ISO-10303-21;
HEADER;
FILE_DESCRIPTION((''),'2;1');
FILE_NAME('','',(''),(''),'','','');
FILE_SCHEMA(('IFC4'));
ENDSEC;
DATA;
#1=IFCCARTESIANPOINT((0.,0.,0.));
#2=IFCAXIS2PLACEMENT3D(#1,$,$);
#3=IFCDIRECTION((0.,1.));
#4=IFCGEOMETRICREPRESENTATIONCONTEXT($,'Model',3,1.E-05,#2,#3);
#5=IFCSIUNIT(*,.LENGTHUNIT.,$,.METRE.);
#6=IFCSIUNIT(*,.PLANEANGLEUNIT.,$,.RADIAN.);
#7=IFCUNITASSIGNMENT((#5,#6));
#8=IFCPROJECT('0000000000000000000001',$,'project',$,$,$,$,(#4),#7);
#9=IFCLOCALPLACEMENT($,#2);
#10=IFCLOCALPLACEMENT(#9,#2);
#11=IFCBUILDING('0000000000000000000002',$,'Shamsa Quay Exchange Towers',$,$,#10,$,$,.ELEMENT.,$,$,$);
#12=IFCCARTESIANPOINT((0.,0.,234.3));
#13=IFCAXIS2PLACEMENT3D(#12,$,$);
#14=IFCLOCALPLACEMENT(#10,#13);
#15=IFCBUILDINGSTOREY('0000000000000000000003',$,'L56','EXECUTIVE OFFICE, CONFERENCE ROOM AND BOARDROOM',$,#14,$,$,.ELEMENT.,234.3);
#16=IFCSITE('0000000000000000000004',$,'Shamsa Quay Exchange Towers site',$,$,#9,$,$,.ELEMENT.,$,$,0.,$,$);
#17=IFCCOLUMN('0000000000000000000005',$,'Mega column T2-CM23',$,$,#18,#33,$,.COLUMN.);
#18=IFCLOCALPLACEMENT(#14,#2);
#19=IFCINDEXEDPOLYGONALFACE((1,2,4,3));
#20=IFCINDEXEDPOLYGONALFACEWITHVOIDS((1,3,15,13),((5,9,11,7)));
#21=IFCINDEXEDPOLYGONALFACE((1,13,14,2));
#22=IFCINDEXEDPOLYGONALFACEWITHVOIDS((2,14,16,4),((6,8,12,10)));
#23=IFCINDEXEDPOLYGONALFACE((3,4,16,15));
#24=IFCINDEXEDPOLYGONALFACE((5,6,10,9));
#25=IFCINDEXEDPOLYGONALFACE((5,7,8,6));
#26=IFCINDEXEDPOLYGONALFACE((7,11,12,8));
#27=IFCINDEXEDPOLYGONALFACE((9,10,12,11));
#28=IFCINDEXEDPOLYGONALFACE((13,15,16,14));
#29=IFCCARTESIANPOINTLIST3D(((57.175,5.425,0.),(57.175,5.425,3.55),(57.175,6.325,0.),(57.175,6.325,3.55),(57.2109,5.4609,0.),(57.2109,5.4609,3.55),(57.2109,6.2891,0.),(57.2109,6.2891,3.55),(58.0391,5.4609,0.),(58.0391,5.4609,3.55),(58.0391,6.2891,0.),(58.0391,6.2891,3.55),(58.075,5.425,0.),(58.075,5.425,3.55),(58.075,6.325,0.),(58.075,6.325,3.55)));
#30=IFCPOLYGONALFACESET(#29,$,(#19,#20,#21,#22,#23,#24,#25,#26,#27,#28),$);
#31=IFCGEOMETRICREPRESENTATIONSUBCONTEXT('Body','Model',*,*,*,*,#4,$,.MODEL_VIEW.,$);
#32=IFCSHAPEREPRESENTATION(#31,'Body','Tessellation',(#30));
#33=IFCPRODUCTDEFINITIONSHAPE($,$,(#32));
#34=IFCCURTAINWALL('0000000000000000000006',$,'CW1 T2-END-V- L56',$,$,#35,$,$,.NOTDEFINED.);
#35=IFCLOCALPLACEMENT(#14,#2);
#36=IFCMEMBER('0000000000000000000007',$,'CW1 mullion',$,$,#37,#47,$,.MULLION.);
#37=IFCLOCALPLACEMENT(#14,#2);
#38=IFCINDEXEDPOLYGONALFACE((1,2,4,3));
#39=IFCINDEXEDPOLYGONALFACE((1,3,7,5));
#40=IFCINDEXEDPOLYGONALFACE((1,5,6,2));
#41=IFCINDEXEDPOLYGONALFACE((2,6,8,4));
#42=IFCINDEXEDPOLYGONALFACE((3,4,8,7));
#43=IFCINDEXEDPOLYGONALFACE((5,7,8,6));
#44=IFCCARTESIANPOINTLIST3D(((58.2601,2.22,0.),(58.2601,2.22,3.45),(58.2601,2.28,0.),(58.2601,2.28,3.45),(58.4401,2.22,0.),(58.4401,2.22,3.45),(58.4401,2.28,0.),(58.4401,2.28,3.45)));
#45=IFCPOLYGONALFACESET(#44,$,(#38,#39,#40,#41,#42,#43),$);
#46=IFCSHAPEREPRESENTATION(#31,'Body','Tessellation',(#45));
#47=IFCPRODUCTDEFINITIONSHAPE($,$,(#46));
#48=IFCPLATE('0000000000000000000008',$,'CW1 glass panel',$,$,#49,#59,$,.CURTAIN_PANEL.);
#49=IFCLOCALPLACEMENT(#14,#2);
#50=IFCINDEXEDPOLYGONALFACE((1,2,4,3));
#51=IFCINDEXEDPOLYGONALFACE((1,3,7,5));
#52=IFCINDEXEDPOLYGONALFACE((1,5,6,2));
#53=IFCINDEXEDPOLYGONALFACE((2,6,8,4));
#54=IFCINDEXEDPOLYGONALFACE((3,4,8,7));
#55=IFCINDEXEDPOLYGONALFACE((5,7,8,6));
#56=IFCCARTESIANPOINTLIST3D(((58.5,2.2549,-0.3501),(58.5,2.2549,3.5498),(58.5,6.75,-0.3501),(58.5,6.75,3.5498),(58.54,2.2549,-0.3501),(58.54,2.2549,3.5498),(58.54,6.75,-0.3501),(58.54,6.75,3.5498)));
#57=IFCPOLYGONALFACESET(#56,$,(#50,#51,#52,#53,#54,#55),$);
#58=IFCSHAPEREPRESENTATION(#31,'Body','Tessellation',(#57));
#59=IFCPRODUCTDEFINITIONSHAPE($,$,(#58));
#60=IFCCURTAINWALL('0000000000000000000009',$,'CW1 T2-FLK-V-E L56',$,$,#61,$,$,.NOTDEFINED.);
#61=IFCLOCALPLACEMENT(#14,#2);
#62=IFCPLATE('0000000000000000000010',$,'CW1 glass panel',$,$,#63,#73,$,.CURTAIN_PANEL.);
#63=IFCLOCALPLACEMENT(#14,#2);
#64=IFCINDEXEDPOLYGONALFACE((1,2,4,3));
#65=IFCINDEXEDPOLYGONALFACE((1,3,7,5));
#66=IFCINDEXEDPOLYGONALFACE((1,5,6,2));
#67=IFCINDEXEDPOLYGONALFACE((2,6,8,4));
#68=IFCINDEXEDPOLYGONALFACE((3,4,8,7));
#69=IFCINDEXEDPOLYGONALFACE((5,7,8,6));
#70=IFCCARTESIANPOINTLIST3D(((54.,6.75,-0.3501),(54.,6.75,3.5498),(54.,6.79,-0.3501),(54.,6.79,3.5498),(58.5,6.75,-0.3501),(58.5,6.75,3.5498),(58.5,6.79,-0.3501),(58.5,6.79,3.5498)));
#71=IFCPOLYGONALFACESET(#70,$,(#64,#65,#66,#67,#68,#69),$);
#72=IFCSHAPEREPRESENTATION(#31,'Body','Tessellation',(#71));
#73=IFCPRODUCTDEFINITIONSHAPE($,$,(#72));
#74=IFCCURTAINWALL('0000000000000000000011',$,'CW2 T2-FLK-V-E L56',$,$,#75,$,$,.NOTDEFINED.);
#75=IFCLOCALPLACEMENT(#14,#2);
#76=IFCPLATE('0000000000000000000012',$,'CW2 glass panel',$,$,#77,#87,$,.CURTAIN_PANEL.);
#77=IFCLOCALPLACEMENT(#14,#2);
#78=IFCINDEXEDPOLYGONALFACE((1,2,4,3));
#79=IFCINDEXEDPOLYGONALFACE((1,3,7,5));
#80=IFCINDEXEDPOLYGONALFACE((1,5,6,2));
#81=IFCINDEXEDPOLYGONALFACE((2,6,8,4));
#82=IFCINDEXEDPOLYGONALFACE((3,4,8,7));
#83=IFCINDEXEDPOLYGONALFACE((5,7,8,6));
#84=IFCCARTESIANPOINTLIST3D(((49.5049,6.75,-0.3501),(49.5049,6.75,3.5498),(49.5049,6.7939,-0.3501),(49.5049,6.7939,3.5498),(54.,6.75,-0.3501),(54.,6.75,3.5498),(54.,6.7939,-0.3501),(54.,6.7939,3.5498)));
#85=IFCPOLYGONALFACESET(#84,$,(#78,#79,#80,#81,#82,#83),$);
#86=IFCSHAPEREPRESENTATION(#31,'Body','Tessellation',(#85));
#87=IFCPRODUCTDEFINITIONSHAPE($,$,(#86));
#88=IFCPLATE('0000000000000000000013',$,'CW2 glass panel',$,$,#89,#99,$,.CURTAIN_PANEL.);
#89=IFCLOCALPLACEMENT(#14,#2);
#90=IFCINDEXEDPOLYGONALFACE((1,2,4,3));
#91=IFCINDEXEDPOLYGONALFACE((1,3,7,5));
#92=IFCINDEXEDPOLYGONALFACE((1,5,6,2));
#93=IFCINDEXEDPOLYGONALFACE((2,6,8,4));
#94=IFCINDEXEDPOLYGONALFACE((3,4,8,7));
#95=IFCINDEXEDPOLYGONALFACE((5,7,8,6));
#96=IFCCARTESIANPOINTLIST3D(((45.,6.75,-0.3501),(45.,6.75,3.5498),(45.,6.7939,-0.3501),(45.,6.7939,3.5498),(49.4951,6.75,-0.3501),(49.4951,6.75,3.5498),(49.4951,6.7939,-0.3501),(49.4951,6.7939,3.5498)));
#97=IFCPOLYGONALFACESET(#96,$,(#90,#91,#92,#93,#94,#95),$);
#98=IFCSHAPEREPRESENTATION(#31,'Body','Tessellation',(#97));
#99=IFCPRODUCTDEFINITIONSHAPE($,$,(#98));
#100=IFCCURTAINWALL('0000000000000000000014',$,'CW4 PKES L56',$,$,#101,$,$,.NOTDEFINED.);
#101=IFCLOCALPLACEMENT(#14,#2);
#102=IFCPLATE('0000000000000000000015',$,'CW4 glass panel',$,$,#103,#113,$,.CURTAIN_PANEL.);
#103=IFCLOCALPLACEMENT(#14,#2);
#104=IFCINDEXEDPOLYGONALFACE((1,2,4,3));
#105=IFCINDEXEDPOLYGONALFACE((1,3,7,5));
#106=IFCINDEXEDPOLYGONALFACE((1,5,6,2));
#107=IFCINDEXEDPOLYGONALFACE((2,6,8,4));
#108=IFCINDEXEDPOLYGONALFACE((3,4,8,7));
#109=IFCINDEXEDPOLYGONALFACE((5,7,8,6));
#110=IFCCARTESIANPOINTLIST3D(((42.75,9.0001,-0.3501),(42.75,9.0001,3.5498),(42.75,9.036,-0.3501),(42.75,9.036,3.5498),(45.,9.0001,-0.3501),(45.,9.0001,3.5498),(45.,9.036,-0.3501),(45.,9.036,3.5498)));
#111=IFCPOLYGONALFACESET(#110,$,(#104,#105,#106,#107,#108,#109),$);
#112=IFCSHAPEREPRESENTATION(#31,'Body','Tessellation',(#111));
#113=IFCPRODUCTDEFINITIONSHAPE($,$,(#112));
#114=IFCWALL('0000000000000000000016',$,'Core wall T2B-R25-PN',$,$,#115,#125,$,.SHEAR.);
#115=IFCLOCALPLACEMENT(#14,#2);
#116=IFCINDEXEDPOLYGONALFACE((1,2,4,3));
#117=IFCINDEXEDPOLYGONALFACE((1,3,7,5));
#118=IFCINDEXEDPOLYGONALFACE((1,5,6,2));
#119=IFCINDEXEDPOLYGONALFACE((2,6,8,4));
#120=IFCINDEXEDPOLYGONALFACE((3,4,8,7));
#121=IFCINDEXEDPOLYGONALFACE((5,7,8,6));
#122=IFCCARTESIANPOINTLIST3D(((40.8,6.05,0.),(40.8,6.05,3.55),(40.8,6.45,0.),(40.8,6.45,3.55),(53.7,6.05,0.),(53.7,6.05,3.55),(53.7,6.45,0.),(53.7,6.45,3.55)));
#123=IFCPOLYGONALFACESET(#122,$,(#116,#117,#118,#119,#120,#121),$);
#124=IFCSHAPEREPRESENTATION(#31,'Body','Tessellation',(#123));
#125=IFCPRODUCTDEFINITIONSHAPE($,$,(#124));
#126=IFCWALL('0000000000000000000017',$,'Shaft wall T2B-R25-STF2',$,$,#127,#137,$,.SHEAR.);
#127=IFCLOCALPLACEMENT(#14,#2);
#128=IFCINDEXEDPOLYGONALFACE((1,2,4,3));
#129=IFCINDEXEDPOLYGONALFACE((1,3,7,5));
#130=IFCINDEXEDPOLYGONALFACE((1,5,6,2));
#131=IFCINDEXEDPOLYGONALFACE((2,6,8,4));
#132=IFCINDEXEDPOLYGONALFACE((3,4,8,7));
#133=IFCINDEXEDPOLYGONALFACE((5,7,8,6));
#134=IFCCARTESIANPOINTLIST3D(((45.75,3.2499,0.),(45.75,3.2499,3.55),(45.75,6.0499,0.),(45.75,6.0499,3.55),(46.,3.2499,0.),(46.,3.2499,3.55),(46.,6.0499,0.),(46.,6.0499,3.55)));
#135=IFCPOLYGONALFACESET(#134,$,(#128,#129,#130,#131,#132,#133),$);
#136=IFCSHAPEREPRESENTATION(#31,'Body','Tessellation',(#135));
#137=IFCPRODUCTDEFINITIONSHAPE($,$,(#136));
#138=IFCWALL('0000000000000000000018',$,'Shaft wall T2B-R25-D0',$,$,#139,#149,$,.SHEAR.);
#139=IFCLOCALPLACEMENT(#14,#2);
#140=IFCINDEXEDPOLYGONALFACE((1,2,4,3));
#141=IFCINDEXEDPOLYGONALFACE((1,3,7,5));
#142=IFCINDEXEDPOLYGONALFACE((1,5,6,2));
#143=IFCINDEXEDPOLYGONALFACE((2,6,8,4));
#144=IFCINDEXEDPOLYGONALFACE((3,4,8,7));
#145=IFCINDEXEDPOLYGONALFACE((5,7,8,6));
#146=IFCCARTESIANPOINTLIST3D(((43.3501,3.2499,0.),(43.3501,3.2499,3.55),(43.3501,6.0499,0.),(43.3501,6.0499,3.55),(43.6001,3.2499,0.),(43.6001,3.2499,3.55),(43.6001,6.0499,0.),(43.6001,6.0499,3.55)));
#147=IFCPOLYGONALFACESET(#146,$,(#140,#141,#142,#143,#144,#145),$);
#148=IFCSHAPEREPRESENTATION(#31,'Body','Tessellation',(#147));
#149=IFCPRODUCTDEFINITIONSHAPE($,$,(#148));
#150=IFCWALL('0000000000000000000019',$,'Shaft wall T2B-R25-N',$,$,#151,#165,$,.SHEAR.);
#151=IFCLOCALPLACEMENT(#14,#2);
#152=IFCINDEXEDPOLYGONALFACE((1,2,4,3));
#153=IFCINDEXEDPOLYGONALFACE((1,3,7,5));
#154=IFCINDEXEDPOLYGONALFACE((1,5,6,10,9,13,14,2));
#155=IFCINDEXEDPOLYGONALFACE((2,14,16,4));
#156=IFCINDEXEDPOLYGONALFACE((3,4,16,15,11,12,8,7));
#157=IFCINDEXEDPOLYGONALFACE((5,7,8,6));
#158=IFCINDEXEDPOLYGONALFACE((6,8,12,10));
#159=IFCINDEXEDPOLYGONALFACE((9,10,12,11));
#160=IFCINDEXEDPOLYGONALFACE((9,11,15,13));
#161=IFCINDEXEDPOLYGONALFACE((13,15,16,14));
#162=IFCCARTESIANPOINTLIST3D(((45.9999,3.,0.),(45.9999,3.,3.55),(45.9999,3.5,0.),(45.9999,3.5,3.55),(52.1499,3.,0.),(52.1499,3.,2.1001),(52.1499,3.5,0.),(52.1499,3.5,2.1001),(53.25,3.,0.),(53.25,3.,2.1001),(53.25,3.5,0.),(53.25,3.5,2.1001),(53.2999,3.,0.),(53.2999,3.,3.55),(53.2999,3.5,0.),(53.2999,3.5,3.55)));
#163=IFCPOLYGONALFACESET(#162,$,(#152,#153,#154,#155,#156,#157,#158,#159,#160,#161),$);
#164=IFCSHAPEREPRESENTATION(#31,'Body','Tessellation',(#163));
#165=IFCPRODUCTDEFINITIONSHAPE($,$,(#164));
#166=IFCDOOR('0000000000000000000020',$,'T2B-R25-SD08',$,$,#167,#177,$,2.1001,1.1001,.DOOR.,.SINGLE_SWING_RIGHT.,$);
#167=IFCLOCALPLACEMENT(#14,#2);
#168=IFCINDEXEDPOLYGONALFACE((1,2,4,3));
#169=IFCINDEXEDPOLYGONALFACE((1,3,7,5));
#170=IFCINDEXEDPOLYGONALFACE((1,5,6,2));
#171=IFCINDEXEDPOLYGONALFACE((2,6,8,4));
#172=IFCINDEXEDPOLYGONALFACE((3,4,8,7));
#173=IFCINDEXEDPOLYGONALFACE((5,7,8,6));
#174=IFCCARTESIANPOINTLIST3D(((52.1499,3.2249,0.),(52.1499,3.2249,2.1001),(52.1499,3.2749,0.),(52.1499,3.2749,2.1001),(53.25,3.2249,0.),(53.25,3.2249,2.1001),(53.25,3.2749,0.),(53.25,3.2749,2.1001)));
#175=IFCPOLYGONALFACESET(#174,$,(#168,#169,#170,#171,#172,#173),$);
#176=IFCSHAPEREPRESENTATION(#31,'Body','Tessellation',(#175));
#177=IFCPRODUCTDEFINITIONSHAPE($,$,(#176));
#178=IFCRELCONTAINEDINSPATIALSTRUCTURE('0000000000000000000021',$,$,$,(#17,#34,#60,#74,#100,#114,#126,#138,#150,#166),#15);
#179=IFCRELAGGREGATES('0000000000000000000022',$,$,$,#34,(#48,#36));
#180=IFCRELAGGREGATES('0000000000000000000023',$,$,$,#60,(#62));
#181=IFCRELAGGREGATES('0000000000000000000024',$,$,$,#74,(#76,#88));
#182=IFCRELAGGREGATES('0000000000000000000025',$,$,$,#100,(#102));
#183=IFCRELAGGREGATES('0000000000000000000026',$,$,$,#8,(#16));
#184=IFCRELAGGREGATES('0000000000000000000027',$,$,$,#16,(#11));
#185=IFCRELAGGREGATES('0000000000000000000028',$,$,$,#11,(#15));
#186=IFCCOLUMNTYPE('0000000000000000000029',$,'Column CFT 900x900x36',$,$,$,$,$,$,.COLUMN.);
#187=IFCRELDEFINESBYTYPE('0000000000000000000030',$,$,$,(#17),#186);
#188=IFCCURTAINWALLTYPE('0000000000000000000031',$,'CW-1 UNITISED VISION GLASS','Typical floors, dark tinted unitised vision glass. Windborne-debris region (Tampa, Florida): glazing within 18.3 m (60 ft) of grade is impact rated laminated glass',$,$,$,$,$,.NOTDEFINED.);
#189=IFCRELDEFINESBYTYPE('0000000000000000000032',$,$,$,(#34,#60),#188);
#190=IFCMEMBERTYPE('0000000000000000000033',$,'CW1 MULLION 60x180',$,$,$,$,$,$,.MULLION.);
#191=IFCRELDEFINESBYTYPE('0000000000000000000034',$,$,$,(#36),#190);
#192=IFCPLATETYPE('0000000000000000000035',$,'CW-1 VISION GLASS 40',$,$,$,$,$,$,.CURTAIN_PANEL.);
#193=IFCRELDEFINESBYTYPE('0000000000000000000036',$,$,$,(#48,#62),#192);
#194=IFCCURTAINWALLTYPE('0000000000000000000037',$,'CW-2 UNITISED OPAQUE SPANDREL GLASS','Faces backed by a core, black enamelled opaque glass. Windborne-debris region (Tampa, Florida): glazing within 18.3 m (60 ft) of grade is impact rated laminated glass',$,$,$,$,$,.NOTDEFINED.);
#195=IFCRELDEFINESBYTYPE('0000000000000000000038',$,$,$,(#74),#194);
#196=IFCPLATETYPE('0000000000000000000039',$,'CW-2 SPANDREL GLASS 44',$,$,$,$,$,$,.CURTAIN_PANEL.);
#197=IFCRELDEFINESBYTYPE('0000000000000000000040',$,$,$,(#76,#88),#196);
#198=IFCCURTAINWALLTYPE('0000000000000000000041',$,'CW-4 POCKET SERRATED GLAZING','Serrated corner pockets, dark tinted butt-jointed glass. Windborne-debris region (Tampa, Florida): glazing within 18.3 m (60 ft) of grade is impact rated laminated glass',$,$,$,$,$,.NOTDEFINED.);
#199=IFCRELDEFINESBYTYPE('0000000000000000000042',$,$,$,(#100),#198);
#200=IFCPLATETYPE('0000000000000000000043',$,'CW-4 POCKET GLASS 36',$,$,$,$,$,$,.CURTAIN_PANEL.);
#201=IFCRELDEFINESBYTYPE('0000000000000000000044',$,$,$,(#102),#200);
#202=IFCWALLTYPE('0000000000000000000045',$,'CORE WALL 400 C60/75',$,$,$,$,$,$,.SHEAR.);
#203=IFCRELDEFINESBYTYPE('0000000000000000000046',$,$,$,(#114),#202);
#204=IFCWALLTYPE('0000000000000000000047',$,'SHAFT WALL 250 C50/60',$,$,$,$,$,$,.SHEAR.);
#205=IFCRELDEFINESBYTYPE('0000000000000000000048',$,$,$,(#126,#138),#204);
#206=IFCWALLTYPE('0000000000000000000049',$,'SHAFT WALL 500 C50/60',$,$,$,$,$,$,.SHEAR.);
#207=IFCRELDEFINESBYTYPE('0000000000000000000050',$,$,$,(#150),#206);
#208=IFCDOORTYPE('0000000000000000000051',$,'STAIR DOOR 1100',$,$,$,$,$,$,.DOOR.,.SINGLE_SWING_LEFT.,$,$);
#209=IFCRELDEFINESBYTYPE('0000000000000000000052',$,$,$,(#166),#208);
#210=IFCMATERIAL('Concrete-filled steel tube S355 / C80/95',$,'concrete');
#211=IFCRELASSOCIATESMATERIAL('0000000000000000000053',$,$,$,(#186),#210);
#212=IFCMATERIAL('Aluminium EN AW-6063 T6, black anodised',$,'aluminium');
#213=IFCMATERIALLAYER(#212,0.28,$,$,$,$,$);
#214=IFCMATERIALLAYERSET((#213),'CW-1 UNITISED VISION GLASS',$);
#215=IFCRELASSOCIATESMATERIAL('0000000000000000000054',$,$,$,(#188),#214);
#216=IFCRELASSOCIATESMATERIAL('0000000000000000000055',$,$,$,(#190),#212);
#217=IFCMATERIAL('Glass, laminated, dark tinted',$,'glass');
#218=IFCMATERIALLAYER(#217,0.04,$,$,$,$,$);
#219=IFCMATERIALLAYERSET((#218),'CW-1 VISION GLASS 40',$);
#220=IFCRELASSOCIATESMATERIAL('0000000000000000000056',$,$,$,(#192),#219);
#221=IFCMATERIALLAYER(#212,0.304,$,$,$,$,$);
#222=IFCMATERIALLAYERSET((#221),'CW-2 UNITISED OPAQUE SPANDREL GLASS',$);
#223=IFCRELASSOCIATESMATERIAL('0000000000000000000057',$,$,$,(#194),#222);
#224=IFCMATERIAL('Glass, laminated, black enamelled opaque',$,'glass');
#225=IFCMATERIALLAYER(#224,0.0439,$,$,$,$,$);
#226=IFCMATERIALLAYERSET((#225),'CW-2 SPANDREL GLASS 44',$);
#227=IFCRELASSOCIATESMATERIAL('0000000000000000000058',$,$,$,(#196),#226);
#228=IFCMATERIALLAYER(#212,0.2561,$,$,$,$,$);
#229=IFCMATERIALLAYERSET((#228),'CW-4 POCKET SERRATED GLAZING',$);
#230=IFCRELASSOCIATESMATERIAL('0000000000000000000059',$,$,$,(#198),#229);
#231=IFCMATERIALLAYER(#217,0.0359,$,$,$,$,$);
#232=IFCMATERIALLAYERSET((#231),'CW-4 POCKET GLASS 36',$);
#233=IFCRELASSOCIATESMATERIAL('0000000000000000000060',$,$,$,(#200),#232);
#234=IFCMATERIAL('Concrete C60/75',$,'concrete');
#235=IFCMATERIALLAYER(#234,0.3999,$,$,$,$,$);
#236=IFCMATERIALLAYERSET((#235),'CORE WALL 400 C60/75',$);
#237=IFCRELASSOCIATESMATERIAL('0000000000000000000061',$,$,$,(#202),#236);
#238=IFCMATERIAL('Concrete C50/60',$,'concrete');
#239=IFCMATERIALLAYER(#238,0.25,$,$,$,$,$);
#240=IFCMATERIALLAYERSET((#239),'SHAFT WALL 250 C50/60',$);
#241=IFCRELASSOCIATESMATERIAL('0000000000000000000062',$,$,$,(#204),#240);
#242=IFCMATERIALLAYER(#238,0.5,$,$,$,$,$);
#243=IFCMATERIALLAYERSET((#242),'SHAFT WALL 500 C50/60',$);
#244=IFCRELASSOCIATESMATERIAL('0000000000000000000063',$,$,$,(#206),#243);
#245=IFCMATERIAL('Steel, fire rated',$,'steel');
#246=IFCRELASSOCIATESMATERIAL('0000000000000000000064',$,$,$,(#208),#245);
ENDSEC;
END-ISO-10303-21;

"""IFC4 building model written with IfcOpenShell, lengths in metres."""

from ifc_helpers import new_model, si_unit, direction, frame, frame_2d, origin, origin_2d, place, context, subcontext, project, spatial, rectangle, hollow_rectangle, extrude, material, layer, layer_set, material_profile, profile_set, type_object, element, fill, aggregate, save


model = new_model("IFC4")

# Units and contexts
model_context = context("Model", 3, precision=1e-05, world=origin(), true_north=direction((0.0, 1.0)))
body_context = subcontext(model_context, "Body", "Model", "MODEL_VIEW")
ifc_project = project(units=[si_unit("LENGTHUNIT", "METRE"), si_unit("PLANEANGLEUNIT", "RADIAN")], contexts=[model_context])

# Site, building, storey
site_placement = place(None, origin())
site = spatial("IfcSite", under=ifc_project, at=site_placement, Name="Shamsa Quay Exchange Towers site", CompositionType="ELEMENT", RefElevation=0.0)
building_placement = place(site_placement, origin())
building = spatial("IfcBuilding", under=site, at=building_placement, Name="Shamsa Quay Exchange Towers", CompositionType="ELEMENT")
storey_placement = place(building_placement, frame((0.0, 0.0, 234.3)))
storey = spatial("IfcBuildingStorey", under=building, at=storey_placement, Name="L56", Description="EXECUTIVE OFFICE, CONFERENCE ROOM AND BOARDROOM", CompositionType="ELEMENT", Elevation=234.3)

# Column
ifc_material_1 = material(Name="Concrete-filled steel tube S355 / C80/95", Category="concrete")
ifc_material_profile_1 = material_profile(ifc_material_1, hollow_rectangle(XDim=0.8999, YDim=0.8999, WallThickness=0.0359, at=origin_2d()), Name="CFT 900x900x36")
ifc_profile_set_1 = profile_set([ifc_material_profile_1], Name="Concrete-filled steel tube S355 / C80/95")
column_type = type_object("IfcColumnType", Name="Column CFT 900x900x36", PredefinedType="COLUMN", material=ifc_profile_set_1)
column_placement = place(storey_placement, frame((57.625, 5.875, 0.0)))
element("IfcColumn", 1, at=column_placement, inside=storey, type_object=column_type, Name="Mega column T2-CM23", PredefinedType="COLUMN", context=body_context, shape_type="SweptSolid", body=[
    extrude(hollow_rectangle(XDim=0.8999, YDim=0.8999, WallThickness=0.0359, at=origin_2d()), origin(), (0.0, 0.0, 1.0), 3.55),
])

# Curtain wall, member, plate
ifc_material_2 = material(Name="Aluminium EN AW-6063 T6, black anodised", Category="aluminium")
ifc_layer_1 = layer(ifc_material_2, 0.28)
ifc_layer_set_1 = layer_set([ifc_layer_1], Name="CW-1 UNITISED VISION GLASS")
curtain_wall_type_1 = type_object("IfcCurtainWallType", Name="CW-1 UNITISED VISION GLASS", Description="Typical floors, dark tinted unitised vision glass. Windborne-debris region (Tampa, Florida): glazing within 18.3 m (60 ft) of grade is impact rated laminated glass", PredefinedType="NOTDEFINED", material=ifc_layer_set_1)
curtain_wall_1_placement = place(storey_placement, origin())
curtain_wall_1 = element("IfcCurtainWall", 2, at=curtain_wall_1_placement, inside=storey, type_object=curtain_wall_type_1, Name="CW1 T2-END-V- L56", PredefinedType="NOTDEFINED")
ifc_material_profile_2 = material_profile(ifc_material_2, rectangle(XDim=0.1799, YDim=0.0601, at=origin_2d()), Name="MU60x180")
ifc_profile_set_2 = profile_set([ifc_material_profile_2], Name="Aluminium EN AW-6063 T6, black anodised")
member_type = type_object("IfcMemberType", Name="CW1 MULLION 60x180", PredefinedType="MULLION", material=ifc_profile_set_2)
member_placement = place(storey_placement, frame((58.3501, 2.25, 0.0), z_axis=(0.0, 0.0, 1.0), x_axis=(-1.0, 0.0, 0.0)))
member = element("IfcMember", 3, at=member_placement, type_object=member_type, Name="CW1 mullion", PredefinedType="MULLION", context=body_context, shape_type="SweptSolid", body=[
    extrude(rectangle(XDim=0.1799, YDim=0.0601, at=origin_2d()), origin(), (0.0, 0.0, 1.0), 3.45),
])
ifc_material_3 = material(Name="Glass, laminated, dark tinted", Category="glass")
ifc_layer_2 = layer(ifc_material_3, 0.04)
ifc_layer_set_2 = layer_set([ifc_layer_2], Name="CW-1 VISION GLASS 40")
plate_type_1 = type_object("IfcPlateType", Name="CW-1 VISION GLASS 40", PredefinedType="CURTAIN_PANEL", material=ifc_layer_set_2)
plate_1_placement = place(storey_placement, frame((58.52, 4.5024, -0.3501), z_axis=(0.0, 0.0, 1.0), x_axis=(0.0, 1.0, 0.0)))
plate_1 = element("IfcPlate", 4, at=plate_1_placement, type_object=plate_type_1, Name="CW1 glass panel", PredefinedType="CURTAIN_PANEL", context=body_context, shape_type="SweptSolid", body=[
    extrude(rectangle(XDim=4.4951, YDim=0.04, at=origin_2d()), origin(), (0.0, 0.0, 1.0), 3.8999),
])
aggregate(curtain_wall_1, [plate_1, member])

# Curtain wall, plate
curtain_wall_2_placement = place(storey_placement, origin())
curtain_wall_2 = element("IfcCurtainWall", 5, at=curtain_wall_2_placement, inside=storey, type_object=curtain_wall_type_1, Name="CW1 T2-FLK-V-E L56", PredefinedType="NOTDEFINED")
plate_2_placement = place(storey_placement, frame((56.25, 6.77, -0.3501), z_axis=(0.0, 0.0, 1.0), x_axis=(-1.0, 0.0, 0.0)))
plate_2 = element("IfcPlate", 6, at=plate_2_placement, type_object=plate_type_1, Name="CW1 glass panel", PredefinedType="CURTAIN_PANEL", context=body_context, shape_type="SweptSolid", body=[
    extrude(rectangle(XDim=4.5, YDim=0.04, at=origin_2d()), origin(), (0.0, 0.0, 1.0), 3.8999),
])
aggregate(curtain_wall_2, [plate_2])

# Curtain wall, plates
ifc_layer_3 = layer(ifc_material_2, 0.304)
ifc_layer_set_3 = layer_set([ifc_layer_3], Name="CW-2 UNITISED OPAQUE SPANDREL GLASS")
curtain_wall_type_2 = type_object("IfcCurtainWallType", Name="CW-2 UNITISED OPAQUE SPANDREL GLASS", Description="Faces backed by a core, black enamelled opaque glass. Windborne-debris region (Tampa, Florida): glazing within 18.3 m (60 ft) of grade is impact rated laminated glass", PredefinedType="NOTDEFINED", material=ifc_layer_set_3)
curtain_wall_3_placement = place(storey_placement, origin())
curtain_wall_3 = element("IfcCurtainWall", 7, at=curtain_wall_3_placement, inside=storey, type_object=curtain_wall_type_2, Name="CW2 T2-FLK-V-E L56", PredefinedType="NOTDEFINED")
ifc_material_4 = material(Name="Glass, laminated, black enamelled opaque", Category="glass")
ifc_layer_4 = layer(ifc_material_4, 0.0439)
ifc_layer_set_4 = layer_set([ifc_layer_4], Name="CW-2 SPANDREL GLASS 44")
plate_type_2 = type_object("IfcPlateType", Name="CW-2 SPANDREL GLASS 44", PredefinedType="CURTAIN_PANEL", material=ifc_layer_set_4)
plate_3_placement = place(storey_placement, frame((51.7524, 6.772, -0.3501), z_axis=(0.0, 0.0, 1.0), x_axis=(-1.0, 0.0, 0.0)))
plate_3 = element("IfcPlate", 8, at=plate_3_placement, type_object=plate_type_2, Name="CW2 glass panel", PredefinedType="CURTAIN_PANEL", context=body_context, shape_type="SweptSolid", body=[
    extrude(rectangle(XDim=4.4951, YDim=0.0439, at=origin_2d()), origin(), (0.0, 0.0, 1.0), 3.8999),
])
plate_4_placement = place(storey_placement, frame((47.2476, 6.772, -0.3501), z_axis=(0.0, 0.0, 1.0), x_axis=(-1.0, 0.0, 0.0)))
plate_4 = element("IfcPlate", 9, at=plate_4_placement, type_object=plate_type_2, Name="CW2 glass panel", PredefinedType="CURTAIN_PANEL", context=body_context, shape_type="SweptSolid", body=[
    extrude(rectangle(XDim=4.4951, YDim=0.0439, at=origin_2d()), origin(), (0.0, 0.0, 1.0), 3.8999),
])
aggregate(curtain_wall_3, [plate_3, plate_4])

# Curtain wall, plate
ifc_layer_5 = layer(ifc_material_2, 0.2561)
ifc_layer_set_5 = layer_set([ifc_layer_5], Name="CW-4 POCKET SERRATED GLAZING")
curtain_wall_type_3 = type_object("IfcCurtainWallType", Name="CW-4 POCKET SERRATED GLAZING", Description="Serrated corner pockets, dark tinted butt-jointed glass. Windborne-debris region (Tampa, Florida): glazing within 18.3 m (60 ft) of grade is impact rated laminated glass", PredefinedType="NOTDEFINED", material=ifc_layer_set_5)
curtain_wall_4_placement = place(storey_placement, origin())
curtain_wall_4 = element("IfcCurtainWall", 10, at=curtain_wall_4_placement, inside=storey, type_object=curtain_wall_type_3, Name="CW4 PKES L56", PredefinedType="NOTDEFINED")
ifc_layer_6 = layer(ifc_material_3, 0.0359)
ifc_layer_set_6 = layer_set([ifc_layer_6], Name="CW-4 POCKET GLASS 36")
plate_type_3 = type_object("IfcPlateType", Name="CW-4 POCKET GLASS 36", PredefinedType="CURTAIN_PANEL", material=ifc_layer_set_6)
plate_5_placement = place(storey_placement, frame((43.875, 9.0181, -0.3501), z_axis=(0.0, 0.0, 1.0), x_axis=(-1.0, 0.0, 0.0)))
plate_5 = element("IfcPlate", 11, at=plate_5_placement, type_object=plate_type_3, Name="CW4 glass panel", PredefinedType="CURTAIN_PANEL", context=body_context, shape_type="SweptSolid", body=[
    extrude(rectangle(XDim=2.25, YDim=0.0359, at=origin_2d()), origin(), (0.0, 0.0, 1.0), 3.8999),
])
aggregate(curtain_wall_4, [plate_5])

# Walls
ifc_material_5 = material(Name="Concrete C60/75", Category="concrete")
ifc_layer_7 = layer(ifc_material_5, 0.3999)
ifc_layer_set_7 = layer_set([ifc_layer_7], Name="CORE WALL 400 C60/75")
wall_type_1 = type_object("IfcWallType", Name="CORE WALL 400 C60/75", PredefinedType="SHEAR", material=ifc_layer_set_7)
wall_1_placement = place(storey_placement, frame((53.7, 6.25, 0.0), z_axis=(0.0, 0.0, 1.0), x_axis=(-1.0, 0.0, 0.0)))
element("IfcWall", 12, at=wall_1_placement, inside=storey, type_object=wall_type_1, Name="Core wall T2B-R25-PN", PredefinedType="SHEAR", context=body_context, shape_type="SweptSolid", body=[
    extrude(rectangle(XDim=12.8999, YDim=0.3999, at=frame_2d((6.45, 0.0))), origin(), (0.0, 0.0, 1.0), 3.55),
])
ifc_material_6 = material(Name="Concrete C50/60", Category="concrete")
ifc_layer_8 = layer(ifc_material_6, 0.25)
ifc_layer_set_8 = layer_set([ifc_layer_8], Name="SHAFT WALL 250 C50/60")
wall_type_2 = type_object("IfcWallType", Name="SHAFT WALL 250 C50/60", PredefinedType="SHEAR", material=ifc_layer_set_8)
for number, where, z_axis, x_axis, name in (
    (13, (45.875, 3.25, 0.0), (0.0, 0.0, 1.0), (0.0, 1.0, 0.0), "Shaft wall T2B-R25-STF2"),
    (14, (43.4751, 3.25, 0.0), (0.0, 0.0, 1.0), (0.0, 1.0, 0.0), "Shaft wall T2B-R25-D0"),
):
    element("IfcWall", number, at=place(storey_placement, frame(where, z_axis=z_axis, x_axis=x_axis)), inside=storey, type_object=wall_type_2, Name=name, PredefinedType="SHEAR", context=body_context, shape_type="SweptSolid", body=[
        extrude(rectangle(XDim=2.8, YDim=0.25, at=frame_2d((1.3999, 0.0))), origin(), (0.0, 0.0, 1.0), 3.55),
    ])

# Wall, opening, door
ifc_layer_9 = layer(ifc_material_6, 0.5)
ifc_layer_set_9 = layer_set([ifc_layer_9], Name="SHAFT WALL 500 C50/60")
wall_type_3 = type_object("IfcWallType", Name="SHAFT WALL 500 C50/60", PredefinedType="SHEAR", material=ifc_layer_set_9)
wall_2_placement = place(storey_placement, frame((46.0, 3.25, 0.0)))
wall_2 = element("IfcWall", 15, at=wall_2_placement, inside=storey, type_object=wall_type_3, Name="Shaft wall T2B-R25-N", PredefinedType="SHEAR", context=body_context, shape_type="SweptSolid", body=[
    extrude(rectangle(XDim=7.3, YDim=0.5, at=frame_2d((3.6499, 0.0))), origin(), (0.0, 0.0, 1.0), 3.55),
])
opening_1_placement = place(wall_2_placement, frame((6.1499, 0.0, 0.0)))
opening_1 = element("IfcOpeningElement", 16, at=opening_1_placement, cuts=wall_2, PredefinedType="OPENING", context=body_context, shape_type="SweptSolid", body=[
    extrude(rectangle(XDim=1.1001, YDim=2.1001, at=frame_2d((0.55, 1.05))), frame((0.0, 0.26, 0.0), z_axis=(0.0, -1.0, 0.0), x_axis=(1.0, 0.0, 0.0)), (0.0, 0.0, 1.0), 0.52),
])
ifc_material_7 = material(Name="Steel, fire rated", Category="steel")
door_type_1 = type_object("IfcDoorType", Name="STAIR DOOR 1100", OperationType="SINGLE_SWING_LEFT", PredefinedType="DOOR", material=ifc_material_7)
door_1_placement = place(opening_1_placement, origin())
door_1 = element("IfcDoor", 17, at=door_1_placement, inside=storey, type_object=door_type_1, Name="T2B-R25-SD08", OperationType="SINGLE_SWING_RIGHT", OverallHeight=2.1001, OverallWidth=1.1001, PredefinedType="DOOR", context=body_context, shape_type="SweptSolid", body=[
    extrude(rectangle(XDim=1.1001, YDim=2.1001, at=frame_2d((0.55, 1.05))), frame((0.0, 0.0249, 0.0), z_axis=(0.0, -1.0, 0.0), x_axis=(1.0, 0.0, 0.0)), (0.0, 0.0, 1.0), 0.05),
])
fill(opening_1, door_1)

save(model, "model.ifc")
